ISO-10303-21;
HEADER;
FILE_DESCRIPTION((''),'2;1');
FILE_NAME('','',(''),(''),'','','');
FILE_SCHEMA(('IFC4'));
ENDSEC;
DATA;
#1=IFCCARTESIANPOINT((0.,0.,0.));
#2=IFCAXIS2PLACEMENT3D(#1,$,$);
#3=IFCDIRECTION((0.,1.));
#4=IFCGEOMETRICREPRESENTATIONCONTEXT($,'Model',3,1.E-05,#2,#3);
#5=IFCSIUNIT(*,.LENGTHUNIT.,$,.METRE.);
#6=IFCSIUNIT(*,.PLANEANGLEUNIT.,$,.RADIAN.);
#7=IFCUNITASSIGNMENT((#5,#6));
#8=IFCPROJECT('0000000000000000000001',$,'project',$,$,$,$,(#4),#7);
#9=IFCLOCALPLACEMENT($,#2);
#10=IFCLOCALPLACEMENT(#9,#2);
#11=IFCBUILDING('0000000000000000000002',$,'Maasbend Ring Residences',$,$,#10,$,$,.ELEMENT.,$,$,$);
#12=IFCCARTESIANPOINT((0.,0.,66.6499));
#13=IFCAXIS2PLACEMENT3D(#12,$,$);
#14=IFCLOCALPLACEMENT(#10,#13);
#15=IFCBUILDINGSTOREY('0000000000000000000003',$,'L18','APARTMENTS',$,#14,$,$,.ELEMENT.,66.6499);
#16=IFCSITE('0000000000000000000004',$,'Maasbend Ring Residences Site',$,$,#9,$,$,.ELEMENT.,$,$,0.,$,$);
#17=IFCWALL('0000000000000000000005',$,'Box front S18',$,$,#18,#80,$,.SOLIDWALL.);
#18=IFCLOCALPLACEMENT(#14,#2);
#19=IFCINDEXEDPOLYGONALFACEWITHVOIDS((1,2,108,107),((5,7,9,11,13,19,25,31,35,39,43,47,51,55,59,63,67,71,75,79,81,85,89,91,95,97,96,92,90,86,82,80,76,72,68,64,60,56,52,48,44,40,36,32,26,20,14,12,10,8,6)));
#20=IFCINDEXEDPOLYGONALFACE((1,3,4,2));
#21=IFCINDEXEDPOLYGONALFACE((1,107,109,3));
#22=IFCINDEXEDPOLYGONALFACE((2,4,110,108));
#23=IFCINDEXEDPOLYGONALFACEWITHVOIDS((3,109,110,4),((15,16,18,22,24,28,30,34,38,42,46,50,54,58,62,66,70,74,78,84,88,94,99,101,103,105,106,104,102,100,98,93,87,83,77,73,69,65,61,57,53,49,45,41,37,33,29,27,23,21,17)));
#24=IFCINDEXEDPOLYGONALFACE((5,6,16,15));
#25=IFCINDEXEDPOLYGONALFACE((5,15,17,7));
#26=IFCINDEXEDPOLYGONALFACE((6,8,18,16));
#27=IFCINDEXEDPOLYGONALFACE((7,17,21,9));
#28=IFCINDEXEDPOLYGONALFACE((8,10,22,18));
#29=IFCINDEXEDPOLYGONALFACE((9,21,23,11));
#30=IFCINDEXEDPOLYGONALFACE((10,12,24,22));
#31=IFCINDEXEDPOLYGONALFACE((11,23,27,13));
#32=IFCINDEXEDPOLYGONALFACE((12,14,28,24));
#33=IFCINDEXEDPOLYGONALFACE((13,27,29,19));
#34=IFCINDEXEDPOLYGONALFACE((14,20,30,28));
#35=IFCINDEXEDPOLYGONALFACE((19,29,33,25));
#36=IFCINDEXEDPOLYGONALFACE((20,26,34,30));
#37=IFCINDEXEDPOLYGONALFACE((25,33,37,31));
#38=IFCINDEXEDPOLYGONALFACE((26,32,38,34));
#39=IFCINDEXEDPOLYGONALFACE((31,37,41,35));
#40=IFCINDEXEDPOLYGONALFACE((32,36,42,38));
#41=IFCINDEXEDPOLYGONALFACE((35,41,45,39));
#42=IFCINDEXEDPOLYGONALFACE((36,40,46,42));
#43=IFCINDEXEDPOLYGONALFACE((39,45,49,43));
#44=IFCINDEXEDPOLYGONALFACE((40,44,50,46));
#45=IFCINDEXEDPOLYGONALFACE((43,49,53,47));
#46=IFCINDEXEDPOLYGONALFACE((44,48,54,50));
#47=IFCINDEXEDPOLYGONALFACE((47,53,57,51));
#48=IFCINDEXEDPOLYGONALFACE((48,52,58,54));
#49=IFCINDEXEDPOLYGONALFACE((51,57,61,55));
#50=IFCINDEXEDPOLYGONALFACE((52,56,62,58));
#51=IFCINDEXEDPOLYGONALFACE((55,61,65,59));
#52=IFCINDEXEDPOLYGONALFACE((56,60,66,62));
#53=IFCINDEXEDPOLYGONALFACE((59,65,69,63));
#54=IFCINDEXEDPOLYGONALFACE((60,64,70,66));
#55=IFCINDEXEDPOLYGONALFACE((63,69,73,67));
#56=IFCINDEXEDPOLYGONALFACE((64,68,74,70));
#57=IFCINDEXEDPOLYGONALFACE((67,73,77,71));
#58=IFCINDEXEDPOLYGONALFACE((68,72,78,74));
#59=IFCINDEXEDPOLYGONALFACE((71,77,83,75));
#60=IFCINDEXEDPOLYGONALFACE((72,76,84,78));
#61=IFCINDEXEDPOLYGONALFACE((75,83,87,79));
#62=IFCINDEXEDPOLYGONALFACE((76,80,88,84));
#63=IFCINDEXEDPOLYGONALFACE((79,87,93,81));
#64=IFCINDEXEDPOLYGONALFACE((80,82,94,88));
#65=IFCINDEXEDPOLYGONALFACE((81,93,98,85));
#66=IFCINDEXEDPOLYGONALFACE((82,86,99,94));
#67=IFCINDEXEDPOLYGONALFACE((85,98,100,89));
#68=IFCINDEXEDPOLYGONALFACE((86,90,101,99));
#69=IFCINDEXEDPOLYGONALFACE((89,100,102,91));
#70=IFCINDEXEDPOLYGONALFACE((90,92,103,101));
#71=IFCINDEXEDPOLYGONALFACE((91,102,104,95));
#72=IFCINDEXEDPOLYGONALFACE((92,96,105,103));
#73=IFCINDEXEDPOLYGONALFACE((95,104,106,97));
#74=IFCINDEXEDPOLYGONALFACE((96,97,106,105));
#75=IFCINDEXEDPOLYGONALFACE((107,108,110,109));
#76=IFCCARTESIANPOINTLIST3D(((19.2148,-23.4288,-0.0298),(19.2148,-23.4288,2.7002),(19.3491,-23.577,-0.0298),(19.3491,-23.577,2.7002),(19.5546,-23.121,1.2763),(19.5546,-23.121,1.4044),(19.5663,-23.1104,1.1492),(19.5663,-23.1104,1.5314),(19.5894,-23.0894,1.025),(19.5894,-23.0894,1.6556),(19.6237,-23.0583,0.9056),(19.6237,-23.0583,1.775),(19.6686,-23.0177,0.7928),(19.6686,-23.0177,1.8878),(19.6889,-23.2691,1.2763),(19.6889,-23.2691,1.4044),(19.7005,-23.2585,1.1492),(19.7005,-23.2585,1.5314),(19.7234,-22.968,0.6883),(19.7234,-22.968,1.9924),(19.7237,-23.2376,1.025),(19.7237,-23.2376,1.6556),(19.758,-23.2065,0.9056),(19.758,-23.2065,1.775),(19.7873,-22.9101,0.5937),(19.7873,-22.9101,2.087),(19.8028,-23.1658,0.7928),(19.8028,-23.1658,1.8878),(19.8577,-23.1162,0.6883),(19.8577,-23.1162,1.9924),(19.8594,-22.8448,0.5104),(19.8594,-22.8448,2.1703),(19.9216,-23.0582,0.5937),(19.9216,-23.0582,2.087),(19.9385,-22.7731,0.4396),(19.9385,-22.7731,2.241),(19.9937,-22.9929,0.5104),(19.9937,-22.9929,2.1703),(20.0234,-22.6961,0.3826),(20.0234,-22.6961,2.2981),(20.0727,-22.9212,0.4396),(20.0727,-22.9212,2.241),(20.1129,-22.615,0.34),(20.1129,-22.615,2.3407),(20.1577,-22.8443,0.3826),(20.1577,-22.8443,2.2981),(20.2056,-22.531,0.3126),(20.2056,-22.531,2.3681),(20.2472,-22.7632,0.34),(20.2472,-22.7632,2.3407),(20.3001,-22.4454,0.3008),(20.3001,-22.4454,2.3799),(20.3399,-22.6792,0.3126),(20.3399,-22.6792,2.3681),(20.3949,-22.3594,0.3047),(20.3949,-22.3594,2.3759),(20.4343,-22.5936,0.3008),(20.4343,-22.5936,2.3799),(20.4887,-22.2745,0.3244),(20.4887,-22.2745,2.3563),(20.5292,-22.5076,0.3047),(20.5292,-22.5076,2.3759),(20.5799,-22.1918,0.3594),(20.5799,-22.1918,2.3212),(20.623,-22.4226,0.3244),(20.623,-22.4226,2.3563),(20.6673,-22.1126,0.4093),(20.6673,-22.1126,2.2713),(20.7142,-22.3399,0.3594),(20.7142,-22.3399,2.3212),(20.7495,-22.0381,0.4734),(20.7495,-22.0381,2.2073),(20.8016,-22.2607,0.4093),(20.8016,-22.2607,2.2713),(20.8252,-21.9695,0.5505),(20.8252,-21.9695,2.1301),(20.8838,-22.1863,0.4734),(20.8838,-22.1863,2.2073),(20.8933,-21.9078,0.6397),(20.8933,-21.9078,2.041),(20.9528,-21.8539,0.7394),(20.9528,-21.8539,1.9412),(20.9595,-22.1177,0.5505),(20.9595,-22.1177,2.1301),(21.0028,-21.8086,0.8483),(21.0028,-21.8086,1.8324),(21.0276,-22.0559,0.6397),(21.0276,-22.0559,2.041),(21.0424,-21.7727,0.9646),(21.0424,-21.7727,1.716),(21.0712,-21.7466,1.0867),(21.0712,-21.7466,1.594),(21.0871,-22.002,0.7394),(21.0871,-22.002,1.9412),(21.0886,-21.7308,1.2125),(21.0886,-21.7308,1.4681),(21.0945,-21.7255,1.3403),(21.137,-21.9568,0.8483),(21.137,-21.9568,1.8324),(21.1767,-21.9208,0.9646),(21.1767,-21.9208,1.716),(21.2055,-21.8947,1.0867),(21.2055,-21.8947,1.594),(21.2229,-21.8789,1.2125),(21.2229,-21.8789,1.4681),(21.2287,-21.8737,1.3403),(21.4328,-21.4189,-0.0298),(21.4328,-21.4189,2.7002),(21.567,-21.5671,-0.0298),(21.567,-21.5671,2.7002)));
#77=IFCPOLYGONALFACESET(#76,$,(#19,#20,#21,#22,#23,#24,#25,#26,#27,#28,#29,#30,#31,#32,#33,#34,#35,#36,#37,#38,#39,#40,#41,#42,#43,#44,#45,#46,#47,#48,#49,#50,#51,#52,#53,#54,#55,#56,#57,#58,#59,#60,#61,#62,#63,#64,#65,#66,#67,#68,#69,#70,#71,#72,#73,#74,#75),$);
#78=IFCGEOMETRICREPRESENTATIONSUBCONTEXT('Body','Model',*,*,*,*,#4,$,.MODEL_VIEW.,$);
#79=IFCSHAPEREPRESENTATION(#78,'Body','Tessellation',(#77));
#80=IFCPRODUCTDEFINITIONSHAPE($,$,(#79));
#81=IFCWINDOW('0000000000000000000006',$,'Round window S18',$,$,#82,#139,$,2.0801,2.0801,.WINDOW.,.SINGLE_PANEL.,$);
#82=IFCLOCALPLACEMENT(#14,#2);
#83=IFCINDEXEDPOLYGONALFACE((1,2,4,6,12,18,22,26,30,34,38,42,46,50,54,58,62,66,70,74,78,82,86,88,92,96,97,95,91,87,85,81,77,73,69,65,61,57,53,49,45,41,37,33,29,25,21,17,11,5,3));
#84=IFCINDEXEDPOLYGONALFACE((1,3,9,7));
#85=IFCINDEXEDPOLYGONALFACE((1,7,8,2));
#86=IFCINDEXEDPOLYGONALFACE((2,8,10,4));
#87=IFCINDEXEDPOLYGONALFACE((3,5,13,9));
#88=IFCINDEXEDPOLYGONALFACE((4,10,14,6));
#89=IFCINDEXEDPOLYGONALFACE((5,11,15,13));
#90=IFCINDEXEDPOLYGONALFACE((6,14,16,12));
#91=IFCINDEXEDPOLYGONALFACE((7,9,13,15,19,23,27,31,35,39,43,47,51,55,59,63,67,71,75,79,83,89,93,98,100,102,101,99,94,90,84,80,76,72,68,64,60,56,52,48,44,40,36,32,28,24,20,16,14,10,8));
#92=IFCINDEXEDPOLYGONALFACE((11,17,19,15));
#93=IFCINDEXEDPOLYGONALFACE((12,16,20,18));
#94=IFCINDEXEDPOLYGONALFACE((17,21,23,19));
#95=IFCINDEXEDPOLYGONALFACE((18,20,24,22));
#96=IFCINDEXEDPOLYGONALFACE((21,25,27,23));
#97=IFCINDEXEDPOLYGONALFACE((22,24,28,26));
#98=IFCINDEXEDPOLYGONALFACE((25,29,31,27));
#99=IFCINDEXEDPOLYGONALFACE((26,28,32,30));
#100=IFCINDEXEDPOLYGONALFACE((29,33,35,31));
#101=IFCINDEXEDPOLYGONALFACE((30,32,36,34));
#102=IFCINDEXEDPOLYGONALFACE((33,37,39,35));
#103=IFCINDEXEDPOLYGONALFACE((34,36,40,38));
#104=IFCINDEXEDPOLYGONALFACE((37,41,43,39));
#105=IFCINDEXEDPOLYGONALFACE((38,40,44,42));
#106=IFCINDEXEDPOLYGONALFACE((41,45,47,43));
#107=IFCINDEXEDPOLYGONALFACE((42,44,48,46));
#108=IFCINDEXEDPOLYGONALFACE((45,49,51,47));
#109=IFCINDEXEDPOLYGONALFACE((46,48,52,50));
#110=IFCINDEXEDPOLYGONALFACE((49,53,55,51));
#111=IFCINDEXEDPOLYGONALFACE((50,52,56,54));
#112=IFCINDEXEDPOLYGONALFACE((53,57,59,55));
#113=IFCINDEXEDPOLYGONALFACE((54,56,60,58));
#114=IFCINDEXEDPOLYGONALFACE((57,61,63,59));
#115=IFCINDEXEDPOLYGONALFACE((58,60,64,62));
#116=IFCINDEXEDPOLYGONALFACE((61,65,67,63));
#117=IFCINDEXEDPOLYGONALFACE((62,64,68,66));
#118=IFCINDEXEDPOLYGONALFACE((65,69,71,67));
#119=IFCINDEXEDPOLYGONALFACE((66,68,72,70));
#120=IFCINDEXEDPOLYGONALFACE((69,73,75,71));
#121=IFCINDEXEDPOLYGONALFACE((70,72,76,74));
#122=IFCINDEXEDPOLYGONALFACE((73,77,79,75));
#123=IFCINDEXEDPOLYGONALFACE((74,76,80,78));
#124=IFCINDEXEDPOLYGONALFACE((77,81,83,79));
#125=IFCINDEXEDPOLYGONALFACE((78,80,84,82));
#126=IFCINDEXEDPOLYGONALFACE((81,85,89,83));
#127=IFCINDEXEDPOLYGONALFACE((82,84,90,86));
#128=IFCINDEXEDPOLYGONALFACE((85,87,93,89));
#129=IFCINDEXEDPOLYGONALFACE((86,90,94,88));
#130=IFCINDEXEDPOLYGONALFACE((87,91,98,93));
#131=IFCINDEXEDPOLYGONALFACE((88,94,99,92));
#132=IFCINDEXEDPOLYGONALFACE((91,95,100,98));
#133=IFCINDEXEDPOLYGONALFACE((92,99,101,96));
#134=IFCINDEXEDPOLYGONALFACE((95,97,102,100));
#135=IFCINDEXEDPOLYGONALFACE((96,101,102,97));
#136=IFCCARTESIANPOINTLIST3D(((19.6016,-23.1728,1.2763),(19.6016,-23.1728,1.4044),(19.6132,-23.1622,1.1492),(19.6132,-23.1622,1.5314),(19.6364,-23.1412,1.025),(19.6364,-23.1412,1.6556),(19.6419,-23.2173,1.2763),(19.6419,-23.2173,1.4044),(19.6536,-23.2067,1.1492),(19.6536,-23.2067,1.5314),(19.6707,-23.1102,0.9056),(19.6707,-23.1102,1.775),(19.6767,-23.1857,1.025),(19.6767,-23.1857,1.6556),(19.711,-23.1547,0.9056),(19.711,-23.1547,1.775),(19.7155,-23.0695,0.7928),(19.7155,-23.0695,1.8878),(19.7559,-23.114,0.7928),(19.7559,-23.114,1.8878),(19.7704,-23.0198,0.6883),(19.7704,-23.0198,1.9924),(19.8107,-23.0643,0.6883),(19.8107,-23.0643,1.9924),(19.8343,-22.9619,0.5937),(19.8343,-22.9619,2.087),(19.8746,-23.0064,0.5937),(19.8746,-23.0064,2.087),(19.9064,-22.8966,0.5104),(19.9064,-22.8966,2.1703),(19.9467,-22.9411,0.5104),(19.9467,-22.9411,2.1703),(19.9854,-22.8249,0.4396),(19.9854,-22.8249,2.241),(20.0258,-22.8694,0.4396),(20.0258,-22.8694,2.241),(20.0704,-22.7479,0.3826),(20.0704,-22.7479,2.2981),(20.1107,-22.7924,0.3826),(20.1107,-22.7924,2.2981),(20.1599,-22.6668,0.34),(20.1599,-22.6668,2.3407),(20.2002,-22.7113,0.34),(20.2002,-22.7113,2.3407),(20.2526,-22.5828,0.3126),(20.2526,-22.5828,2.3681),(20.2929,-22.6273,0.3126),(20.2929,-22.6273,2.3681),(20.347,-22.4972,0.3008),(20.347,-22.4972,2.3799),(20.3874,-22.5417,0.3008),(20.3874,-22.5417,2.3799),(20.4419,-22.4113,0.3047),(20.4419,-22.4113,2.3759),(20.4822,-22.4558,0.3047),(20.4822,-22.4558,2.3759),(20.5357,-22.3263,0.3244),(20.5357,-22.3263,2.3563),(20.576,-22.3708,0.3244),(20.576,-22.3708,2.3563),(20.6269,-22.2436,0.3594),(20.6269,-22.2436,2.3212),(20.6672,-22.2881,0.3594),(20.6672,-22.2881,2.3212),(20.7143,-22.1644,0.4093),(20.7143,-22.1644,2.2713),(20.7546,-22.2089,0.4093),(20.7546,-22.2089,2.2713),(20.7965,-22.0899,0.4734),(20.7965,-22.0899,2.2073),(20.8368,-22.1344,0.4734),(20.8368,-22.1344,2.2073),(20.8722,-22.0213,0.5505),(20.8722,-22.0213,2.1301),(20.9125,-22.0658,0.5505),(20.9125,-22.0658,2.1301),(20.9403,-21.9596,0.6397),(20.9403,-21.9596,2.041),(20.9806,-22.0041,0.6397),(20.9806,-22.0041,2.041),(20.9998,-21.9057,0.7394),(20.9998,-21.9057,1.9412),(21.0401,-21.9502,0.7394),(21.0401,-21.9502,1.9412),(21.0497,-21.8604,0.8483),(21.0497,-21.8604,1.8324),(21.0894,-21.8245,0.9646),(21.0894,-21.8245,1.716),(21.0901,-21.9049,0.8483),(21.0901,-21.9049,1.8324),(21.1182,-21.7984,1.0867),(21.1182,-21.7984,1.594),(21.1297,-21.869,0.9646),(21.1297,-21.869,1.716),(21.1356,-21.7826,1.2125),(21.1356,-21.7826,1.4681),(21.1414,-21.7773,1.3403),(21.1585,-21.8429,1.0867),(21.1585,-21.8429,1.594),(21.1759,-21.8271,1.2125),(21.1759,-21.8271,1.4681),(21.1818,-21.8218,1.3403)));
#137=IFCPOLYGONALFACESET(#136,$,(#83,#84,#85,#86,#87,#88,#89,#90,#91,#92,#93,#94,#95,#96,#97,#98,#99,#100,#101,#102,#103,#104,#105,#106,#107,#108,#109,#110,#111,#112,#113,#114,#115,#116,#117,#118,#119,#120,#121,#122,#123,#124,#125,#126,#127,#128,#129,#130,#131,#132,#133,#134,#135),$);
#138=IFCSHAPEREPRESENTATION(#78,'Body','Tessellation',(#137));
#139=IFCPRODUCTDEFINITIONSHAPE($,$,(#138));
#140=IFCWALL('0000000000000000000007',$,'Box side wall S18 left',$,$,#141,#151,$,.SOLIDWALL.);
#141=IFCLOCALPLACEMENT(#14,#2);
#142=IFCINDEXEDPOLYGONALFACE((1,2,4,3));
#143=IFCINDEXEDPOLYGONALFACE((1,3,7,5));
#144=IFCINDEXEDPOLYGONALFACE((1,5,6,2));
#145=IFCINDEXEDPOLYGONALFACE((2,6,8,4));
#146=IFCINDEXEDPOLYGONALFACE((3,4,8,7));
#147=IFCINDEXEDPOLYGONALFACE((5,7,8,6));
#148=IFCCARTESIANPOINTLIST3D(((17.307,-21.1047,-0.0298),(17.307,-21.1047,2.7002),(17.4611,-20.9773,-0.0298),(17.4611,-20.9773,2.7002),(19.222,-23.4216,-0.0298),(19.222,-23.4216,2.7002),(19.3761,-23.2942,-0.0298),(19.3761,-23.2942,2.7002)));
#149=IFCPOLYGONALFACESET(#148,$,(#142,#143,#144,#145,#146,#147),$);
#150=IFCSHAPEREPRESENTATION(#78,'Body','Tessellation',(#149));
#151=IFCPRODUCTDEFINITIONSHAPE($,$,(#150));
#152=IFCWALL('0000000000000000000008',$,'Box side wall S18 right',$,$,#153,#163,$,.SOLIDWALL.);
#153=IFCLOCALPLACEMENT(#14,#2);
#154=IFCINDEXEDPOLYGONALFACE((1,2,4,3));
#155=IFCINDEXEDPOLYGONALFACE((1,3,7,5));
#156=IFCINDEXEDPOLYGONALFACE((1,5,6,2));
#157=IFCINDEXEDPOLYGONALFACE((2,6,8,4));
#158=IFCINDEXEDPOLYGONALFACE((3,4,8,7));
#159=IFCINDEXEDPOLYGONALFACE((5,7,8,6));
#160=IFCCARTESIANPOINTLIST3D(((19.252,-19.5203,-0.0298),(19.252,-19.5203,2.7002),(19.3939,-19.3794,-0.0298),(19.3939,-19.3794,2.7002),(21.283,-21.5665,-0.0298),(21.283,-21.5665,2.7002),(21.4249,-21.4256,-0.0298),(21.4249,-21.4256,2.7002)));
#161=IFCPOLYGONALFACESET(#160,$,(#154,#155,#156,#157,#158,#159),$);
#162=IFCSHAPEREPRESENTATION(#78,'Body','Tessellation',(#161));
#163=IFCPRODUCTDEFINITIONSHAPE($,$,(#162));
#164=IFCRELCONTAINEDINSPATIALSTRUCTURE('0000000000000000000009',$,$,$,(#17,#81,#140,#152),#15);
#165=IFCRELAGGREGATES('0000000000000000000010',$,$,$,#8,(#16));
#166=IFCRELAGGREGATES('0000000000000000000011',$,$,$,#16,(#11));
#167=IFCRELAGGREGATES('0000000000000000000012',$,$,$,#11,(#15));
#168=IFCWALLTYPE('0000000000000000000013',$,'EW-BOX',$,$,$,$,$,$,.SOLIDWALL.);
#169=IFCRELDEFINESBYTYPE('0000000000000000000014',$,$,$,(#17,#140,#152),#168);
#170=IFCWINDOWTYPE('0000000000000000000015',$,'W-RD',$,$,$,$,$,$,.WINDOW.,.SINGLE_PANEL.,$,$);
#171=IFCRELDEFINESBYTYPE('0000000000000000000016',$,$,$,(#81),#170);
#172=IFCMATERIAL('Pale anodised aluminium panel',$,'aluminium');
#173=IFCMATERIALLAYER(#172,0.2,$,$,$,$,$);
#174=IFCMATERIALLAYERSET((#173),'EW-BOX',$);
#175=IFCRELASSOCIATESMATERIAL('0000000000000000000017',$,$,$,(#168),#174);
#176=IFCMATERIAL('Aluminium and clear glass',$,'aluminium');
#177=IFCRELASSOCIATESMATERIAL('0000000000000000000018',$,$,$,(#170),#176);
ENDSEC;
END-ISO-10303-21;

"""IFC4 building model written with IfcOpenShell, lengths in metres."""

from ifc_helpers import new_model, si_unit, direction, frame, frame_2d, origin, place, context, subcontext, project, spatial, rectangle, circle, extrude, material, layer, layer_set, type_object, element, fill, save


model = new_model("IFC4")

# Units and contexts
model_context = context("Model", 3, precision=1e-05, world=origin(), true_north=direction((0.0, 1.0)))
body_context = subcontext(model_context, "Body", "Model", "MODEL_VIEW")
ifc_project = project(units=[si_unit("LENGTHUNIT", "METRE"), si_unit("PLANEANGLEUNIT", "RADIAN")], contexts=[model_context])

# Site, building, storey
site_placement = place(None, origin())
site = spatial("IfcSite", under=ifc_project, at=site_placement, Name="Maasbend Ring Residences Site", CompositionType="ELEMENT", RefElevation=0.0)
building_placement = place(site_placement, origin())
building = spatial("IfcBuilding", under=site, at=building_placement, Name="Maasbend Ring Residences", CompositionType="ELEMENT")
storey_placement = place(building_placement, frame((0.0, 0.0, 66.6499)))
storey = spatial("IfcBuildingStorey", under=building, at=storey_placement, Name="L18", Description="APARTMENTS", CompositionType="ELEMENT", Elevation=66.6499)

# Shared definitions
ifc_material_1 = material(Name="Pale anodised aluminium panel", Category="aluminium")
ifc_layer_1 = layer(ifc_material_1, 0.2)
ifc_layer_set_1 = layer_set([ifc_layer_1], Name="EW-BOX")
wall_type_1 = type_object("IfcWallType", Name="EW-BOX", PredefinedType="SOLIDWALL", material=ifc_layer_set_1)
ifc_material_2 = material(Name="Aluminium and clear glass", Category="aluminium")
window_type_1 = type_object("IfcWindowType", Name="W-RD", PartitioningType="SINGLE_PANEL", PredefinedType="WINDOW", material=ifc_material_2)

# Wall, opening, window
wall_1_placement = place(storey_placement, frame((19.282, -23.5029, -0.0298), z_axis=(0.0, 0.0, 1.0), x_axis=(0.740998, 0.671507, 0.0)))
wall_1 = element("IfcWall", 1, at=wall_1_placement, inside=storey, type_object=wall_type_1, Name="Box front S18", PredefinedType="SOLIDWALL", context=body_context, shape_type="SweptSolid", body=[
    extrude(rectangle(XDim=2.9932, YDim=0.2, at=frame_2d((1.4966, 0.0))), origin(), (0.0, 0.0, 1.0), 2.73),
])
opening_1_placement = place(wall_1_placement, frame((0.4565, 0.0, 0.3301)))
opening_1 = element("IfcOpeningElement", 2, at=opening_1_placement, cuts=wall_1, PredefinedType="OPENING", context=body_context, shape_type="SweptSolid", body=[
    extrude(circle(Radius=1.04, at=frame_2d((1.04, 1.04))), frame((0.0, 0.1099, 0.0), z_axis=(0.0, -1.0, 0.0), x_axis=(1.0, 0.0, 0.0)), (0.0, 0.0, 1.0), 0.22),
])
window_1_placement = place(opening_1_placement, origin())
window_1 = element("IfcWindow", 3, at=window_1_placement, inside=storey, type_object=window_type_1, Name="Round window S18", OverallHeight=2.0801, OverallWidth=2.0801, PartitioningType="SINGLE_PANEL", PredefinedType="WINDOW", context=body_context, shape_type="SweptSolid", body=[
    extrude(circle(Radius=1.04, at=frame_2d((1.04, 1.04))), frame((0.0, 0.03, 0.0), z_axis=(0.0, -1.0, 0.0), x_axis=(1.0, 0.0, 0.0)), (0.0, 0.0, 1.0), 0.0601),
])
fill(opening_1, window_1)

# Walls
wall_2_placement = place(storey_placement, frame((17.384, -21.041, -0.0298), z_axis=(0.0, 0.0, 1.0), x_axis=(0.637096, -0.770785, 0.0)))
element("IfcWall", 4, at=wall_2_placement, inside=storey, type_object=wall_type_1, Name="Box side wall S18 left", PredefinedType="SOLIDWALL", context=body_context, shape_type="SweptSolid", body=[
    extrude(rectangle(XDim=3.0059, YDim=0.2, at=frame_2d((1.5029, 0.0))), origin(), (0.0, 0.0, 1.0), 2.73),
])
wall_3_placement = place(storey_placement, frame((19.323, -19.45, -0.0298), z_axis=(0.0, 0.0, 1.0), x_axis=(0.704477, -0.709727, 0.0)))
element("IfcWall", 5, at=wall_3_placement, inside=storey, type_object=wall_type_1, Name="Box side wall S18 right", PredefinedType="SOLIDWALL", context=body_context, shape_type="SweptSolid", body=[
    extrude(rectangle(XDim=2.8831, YDim=0.2, at=frame_2d((1.4414, 0.0))), origin(), (0.0, 0.0, 1.0), 2.73),
])

save(model, "model.ifc")
